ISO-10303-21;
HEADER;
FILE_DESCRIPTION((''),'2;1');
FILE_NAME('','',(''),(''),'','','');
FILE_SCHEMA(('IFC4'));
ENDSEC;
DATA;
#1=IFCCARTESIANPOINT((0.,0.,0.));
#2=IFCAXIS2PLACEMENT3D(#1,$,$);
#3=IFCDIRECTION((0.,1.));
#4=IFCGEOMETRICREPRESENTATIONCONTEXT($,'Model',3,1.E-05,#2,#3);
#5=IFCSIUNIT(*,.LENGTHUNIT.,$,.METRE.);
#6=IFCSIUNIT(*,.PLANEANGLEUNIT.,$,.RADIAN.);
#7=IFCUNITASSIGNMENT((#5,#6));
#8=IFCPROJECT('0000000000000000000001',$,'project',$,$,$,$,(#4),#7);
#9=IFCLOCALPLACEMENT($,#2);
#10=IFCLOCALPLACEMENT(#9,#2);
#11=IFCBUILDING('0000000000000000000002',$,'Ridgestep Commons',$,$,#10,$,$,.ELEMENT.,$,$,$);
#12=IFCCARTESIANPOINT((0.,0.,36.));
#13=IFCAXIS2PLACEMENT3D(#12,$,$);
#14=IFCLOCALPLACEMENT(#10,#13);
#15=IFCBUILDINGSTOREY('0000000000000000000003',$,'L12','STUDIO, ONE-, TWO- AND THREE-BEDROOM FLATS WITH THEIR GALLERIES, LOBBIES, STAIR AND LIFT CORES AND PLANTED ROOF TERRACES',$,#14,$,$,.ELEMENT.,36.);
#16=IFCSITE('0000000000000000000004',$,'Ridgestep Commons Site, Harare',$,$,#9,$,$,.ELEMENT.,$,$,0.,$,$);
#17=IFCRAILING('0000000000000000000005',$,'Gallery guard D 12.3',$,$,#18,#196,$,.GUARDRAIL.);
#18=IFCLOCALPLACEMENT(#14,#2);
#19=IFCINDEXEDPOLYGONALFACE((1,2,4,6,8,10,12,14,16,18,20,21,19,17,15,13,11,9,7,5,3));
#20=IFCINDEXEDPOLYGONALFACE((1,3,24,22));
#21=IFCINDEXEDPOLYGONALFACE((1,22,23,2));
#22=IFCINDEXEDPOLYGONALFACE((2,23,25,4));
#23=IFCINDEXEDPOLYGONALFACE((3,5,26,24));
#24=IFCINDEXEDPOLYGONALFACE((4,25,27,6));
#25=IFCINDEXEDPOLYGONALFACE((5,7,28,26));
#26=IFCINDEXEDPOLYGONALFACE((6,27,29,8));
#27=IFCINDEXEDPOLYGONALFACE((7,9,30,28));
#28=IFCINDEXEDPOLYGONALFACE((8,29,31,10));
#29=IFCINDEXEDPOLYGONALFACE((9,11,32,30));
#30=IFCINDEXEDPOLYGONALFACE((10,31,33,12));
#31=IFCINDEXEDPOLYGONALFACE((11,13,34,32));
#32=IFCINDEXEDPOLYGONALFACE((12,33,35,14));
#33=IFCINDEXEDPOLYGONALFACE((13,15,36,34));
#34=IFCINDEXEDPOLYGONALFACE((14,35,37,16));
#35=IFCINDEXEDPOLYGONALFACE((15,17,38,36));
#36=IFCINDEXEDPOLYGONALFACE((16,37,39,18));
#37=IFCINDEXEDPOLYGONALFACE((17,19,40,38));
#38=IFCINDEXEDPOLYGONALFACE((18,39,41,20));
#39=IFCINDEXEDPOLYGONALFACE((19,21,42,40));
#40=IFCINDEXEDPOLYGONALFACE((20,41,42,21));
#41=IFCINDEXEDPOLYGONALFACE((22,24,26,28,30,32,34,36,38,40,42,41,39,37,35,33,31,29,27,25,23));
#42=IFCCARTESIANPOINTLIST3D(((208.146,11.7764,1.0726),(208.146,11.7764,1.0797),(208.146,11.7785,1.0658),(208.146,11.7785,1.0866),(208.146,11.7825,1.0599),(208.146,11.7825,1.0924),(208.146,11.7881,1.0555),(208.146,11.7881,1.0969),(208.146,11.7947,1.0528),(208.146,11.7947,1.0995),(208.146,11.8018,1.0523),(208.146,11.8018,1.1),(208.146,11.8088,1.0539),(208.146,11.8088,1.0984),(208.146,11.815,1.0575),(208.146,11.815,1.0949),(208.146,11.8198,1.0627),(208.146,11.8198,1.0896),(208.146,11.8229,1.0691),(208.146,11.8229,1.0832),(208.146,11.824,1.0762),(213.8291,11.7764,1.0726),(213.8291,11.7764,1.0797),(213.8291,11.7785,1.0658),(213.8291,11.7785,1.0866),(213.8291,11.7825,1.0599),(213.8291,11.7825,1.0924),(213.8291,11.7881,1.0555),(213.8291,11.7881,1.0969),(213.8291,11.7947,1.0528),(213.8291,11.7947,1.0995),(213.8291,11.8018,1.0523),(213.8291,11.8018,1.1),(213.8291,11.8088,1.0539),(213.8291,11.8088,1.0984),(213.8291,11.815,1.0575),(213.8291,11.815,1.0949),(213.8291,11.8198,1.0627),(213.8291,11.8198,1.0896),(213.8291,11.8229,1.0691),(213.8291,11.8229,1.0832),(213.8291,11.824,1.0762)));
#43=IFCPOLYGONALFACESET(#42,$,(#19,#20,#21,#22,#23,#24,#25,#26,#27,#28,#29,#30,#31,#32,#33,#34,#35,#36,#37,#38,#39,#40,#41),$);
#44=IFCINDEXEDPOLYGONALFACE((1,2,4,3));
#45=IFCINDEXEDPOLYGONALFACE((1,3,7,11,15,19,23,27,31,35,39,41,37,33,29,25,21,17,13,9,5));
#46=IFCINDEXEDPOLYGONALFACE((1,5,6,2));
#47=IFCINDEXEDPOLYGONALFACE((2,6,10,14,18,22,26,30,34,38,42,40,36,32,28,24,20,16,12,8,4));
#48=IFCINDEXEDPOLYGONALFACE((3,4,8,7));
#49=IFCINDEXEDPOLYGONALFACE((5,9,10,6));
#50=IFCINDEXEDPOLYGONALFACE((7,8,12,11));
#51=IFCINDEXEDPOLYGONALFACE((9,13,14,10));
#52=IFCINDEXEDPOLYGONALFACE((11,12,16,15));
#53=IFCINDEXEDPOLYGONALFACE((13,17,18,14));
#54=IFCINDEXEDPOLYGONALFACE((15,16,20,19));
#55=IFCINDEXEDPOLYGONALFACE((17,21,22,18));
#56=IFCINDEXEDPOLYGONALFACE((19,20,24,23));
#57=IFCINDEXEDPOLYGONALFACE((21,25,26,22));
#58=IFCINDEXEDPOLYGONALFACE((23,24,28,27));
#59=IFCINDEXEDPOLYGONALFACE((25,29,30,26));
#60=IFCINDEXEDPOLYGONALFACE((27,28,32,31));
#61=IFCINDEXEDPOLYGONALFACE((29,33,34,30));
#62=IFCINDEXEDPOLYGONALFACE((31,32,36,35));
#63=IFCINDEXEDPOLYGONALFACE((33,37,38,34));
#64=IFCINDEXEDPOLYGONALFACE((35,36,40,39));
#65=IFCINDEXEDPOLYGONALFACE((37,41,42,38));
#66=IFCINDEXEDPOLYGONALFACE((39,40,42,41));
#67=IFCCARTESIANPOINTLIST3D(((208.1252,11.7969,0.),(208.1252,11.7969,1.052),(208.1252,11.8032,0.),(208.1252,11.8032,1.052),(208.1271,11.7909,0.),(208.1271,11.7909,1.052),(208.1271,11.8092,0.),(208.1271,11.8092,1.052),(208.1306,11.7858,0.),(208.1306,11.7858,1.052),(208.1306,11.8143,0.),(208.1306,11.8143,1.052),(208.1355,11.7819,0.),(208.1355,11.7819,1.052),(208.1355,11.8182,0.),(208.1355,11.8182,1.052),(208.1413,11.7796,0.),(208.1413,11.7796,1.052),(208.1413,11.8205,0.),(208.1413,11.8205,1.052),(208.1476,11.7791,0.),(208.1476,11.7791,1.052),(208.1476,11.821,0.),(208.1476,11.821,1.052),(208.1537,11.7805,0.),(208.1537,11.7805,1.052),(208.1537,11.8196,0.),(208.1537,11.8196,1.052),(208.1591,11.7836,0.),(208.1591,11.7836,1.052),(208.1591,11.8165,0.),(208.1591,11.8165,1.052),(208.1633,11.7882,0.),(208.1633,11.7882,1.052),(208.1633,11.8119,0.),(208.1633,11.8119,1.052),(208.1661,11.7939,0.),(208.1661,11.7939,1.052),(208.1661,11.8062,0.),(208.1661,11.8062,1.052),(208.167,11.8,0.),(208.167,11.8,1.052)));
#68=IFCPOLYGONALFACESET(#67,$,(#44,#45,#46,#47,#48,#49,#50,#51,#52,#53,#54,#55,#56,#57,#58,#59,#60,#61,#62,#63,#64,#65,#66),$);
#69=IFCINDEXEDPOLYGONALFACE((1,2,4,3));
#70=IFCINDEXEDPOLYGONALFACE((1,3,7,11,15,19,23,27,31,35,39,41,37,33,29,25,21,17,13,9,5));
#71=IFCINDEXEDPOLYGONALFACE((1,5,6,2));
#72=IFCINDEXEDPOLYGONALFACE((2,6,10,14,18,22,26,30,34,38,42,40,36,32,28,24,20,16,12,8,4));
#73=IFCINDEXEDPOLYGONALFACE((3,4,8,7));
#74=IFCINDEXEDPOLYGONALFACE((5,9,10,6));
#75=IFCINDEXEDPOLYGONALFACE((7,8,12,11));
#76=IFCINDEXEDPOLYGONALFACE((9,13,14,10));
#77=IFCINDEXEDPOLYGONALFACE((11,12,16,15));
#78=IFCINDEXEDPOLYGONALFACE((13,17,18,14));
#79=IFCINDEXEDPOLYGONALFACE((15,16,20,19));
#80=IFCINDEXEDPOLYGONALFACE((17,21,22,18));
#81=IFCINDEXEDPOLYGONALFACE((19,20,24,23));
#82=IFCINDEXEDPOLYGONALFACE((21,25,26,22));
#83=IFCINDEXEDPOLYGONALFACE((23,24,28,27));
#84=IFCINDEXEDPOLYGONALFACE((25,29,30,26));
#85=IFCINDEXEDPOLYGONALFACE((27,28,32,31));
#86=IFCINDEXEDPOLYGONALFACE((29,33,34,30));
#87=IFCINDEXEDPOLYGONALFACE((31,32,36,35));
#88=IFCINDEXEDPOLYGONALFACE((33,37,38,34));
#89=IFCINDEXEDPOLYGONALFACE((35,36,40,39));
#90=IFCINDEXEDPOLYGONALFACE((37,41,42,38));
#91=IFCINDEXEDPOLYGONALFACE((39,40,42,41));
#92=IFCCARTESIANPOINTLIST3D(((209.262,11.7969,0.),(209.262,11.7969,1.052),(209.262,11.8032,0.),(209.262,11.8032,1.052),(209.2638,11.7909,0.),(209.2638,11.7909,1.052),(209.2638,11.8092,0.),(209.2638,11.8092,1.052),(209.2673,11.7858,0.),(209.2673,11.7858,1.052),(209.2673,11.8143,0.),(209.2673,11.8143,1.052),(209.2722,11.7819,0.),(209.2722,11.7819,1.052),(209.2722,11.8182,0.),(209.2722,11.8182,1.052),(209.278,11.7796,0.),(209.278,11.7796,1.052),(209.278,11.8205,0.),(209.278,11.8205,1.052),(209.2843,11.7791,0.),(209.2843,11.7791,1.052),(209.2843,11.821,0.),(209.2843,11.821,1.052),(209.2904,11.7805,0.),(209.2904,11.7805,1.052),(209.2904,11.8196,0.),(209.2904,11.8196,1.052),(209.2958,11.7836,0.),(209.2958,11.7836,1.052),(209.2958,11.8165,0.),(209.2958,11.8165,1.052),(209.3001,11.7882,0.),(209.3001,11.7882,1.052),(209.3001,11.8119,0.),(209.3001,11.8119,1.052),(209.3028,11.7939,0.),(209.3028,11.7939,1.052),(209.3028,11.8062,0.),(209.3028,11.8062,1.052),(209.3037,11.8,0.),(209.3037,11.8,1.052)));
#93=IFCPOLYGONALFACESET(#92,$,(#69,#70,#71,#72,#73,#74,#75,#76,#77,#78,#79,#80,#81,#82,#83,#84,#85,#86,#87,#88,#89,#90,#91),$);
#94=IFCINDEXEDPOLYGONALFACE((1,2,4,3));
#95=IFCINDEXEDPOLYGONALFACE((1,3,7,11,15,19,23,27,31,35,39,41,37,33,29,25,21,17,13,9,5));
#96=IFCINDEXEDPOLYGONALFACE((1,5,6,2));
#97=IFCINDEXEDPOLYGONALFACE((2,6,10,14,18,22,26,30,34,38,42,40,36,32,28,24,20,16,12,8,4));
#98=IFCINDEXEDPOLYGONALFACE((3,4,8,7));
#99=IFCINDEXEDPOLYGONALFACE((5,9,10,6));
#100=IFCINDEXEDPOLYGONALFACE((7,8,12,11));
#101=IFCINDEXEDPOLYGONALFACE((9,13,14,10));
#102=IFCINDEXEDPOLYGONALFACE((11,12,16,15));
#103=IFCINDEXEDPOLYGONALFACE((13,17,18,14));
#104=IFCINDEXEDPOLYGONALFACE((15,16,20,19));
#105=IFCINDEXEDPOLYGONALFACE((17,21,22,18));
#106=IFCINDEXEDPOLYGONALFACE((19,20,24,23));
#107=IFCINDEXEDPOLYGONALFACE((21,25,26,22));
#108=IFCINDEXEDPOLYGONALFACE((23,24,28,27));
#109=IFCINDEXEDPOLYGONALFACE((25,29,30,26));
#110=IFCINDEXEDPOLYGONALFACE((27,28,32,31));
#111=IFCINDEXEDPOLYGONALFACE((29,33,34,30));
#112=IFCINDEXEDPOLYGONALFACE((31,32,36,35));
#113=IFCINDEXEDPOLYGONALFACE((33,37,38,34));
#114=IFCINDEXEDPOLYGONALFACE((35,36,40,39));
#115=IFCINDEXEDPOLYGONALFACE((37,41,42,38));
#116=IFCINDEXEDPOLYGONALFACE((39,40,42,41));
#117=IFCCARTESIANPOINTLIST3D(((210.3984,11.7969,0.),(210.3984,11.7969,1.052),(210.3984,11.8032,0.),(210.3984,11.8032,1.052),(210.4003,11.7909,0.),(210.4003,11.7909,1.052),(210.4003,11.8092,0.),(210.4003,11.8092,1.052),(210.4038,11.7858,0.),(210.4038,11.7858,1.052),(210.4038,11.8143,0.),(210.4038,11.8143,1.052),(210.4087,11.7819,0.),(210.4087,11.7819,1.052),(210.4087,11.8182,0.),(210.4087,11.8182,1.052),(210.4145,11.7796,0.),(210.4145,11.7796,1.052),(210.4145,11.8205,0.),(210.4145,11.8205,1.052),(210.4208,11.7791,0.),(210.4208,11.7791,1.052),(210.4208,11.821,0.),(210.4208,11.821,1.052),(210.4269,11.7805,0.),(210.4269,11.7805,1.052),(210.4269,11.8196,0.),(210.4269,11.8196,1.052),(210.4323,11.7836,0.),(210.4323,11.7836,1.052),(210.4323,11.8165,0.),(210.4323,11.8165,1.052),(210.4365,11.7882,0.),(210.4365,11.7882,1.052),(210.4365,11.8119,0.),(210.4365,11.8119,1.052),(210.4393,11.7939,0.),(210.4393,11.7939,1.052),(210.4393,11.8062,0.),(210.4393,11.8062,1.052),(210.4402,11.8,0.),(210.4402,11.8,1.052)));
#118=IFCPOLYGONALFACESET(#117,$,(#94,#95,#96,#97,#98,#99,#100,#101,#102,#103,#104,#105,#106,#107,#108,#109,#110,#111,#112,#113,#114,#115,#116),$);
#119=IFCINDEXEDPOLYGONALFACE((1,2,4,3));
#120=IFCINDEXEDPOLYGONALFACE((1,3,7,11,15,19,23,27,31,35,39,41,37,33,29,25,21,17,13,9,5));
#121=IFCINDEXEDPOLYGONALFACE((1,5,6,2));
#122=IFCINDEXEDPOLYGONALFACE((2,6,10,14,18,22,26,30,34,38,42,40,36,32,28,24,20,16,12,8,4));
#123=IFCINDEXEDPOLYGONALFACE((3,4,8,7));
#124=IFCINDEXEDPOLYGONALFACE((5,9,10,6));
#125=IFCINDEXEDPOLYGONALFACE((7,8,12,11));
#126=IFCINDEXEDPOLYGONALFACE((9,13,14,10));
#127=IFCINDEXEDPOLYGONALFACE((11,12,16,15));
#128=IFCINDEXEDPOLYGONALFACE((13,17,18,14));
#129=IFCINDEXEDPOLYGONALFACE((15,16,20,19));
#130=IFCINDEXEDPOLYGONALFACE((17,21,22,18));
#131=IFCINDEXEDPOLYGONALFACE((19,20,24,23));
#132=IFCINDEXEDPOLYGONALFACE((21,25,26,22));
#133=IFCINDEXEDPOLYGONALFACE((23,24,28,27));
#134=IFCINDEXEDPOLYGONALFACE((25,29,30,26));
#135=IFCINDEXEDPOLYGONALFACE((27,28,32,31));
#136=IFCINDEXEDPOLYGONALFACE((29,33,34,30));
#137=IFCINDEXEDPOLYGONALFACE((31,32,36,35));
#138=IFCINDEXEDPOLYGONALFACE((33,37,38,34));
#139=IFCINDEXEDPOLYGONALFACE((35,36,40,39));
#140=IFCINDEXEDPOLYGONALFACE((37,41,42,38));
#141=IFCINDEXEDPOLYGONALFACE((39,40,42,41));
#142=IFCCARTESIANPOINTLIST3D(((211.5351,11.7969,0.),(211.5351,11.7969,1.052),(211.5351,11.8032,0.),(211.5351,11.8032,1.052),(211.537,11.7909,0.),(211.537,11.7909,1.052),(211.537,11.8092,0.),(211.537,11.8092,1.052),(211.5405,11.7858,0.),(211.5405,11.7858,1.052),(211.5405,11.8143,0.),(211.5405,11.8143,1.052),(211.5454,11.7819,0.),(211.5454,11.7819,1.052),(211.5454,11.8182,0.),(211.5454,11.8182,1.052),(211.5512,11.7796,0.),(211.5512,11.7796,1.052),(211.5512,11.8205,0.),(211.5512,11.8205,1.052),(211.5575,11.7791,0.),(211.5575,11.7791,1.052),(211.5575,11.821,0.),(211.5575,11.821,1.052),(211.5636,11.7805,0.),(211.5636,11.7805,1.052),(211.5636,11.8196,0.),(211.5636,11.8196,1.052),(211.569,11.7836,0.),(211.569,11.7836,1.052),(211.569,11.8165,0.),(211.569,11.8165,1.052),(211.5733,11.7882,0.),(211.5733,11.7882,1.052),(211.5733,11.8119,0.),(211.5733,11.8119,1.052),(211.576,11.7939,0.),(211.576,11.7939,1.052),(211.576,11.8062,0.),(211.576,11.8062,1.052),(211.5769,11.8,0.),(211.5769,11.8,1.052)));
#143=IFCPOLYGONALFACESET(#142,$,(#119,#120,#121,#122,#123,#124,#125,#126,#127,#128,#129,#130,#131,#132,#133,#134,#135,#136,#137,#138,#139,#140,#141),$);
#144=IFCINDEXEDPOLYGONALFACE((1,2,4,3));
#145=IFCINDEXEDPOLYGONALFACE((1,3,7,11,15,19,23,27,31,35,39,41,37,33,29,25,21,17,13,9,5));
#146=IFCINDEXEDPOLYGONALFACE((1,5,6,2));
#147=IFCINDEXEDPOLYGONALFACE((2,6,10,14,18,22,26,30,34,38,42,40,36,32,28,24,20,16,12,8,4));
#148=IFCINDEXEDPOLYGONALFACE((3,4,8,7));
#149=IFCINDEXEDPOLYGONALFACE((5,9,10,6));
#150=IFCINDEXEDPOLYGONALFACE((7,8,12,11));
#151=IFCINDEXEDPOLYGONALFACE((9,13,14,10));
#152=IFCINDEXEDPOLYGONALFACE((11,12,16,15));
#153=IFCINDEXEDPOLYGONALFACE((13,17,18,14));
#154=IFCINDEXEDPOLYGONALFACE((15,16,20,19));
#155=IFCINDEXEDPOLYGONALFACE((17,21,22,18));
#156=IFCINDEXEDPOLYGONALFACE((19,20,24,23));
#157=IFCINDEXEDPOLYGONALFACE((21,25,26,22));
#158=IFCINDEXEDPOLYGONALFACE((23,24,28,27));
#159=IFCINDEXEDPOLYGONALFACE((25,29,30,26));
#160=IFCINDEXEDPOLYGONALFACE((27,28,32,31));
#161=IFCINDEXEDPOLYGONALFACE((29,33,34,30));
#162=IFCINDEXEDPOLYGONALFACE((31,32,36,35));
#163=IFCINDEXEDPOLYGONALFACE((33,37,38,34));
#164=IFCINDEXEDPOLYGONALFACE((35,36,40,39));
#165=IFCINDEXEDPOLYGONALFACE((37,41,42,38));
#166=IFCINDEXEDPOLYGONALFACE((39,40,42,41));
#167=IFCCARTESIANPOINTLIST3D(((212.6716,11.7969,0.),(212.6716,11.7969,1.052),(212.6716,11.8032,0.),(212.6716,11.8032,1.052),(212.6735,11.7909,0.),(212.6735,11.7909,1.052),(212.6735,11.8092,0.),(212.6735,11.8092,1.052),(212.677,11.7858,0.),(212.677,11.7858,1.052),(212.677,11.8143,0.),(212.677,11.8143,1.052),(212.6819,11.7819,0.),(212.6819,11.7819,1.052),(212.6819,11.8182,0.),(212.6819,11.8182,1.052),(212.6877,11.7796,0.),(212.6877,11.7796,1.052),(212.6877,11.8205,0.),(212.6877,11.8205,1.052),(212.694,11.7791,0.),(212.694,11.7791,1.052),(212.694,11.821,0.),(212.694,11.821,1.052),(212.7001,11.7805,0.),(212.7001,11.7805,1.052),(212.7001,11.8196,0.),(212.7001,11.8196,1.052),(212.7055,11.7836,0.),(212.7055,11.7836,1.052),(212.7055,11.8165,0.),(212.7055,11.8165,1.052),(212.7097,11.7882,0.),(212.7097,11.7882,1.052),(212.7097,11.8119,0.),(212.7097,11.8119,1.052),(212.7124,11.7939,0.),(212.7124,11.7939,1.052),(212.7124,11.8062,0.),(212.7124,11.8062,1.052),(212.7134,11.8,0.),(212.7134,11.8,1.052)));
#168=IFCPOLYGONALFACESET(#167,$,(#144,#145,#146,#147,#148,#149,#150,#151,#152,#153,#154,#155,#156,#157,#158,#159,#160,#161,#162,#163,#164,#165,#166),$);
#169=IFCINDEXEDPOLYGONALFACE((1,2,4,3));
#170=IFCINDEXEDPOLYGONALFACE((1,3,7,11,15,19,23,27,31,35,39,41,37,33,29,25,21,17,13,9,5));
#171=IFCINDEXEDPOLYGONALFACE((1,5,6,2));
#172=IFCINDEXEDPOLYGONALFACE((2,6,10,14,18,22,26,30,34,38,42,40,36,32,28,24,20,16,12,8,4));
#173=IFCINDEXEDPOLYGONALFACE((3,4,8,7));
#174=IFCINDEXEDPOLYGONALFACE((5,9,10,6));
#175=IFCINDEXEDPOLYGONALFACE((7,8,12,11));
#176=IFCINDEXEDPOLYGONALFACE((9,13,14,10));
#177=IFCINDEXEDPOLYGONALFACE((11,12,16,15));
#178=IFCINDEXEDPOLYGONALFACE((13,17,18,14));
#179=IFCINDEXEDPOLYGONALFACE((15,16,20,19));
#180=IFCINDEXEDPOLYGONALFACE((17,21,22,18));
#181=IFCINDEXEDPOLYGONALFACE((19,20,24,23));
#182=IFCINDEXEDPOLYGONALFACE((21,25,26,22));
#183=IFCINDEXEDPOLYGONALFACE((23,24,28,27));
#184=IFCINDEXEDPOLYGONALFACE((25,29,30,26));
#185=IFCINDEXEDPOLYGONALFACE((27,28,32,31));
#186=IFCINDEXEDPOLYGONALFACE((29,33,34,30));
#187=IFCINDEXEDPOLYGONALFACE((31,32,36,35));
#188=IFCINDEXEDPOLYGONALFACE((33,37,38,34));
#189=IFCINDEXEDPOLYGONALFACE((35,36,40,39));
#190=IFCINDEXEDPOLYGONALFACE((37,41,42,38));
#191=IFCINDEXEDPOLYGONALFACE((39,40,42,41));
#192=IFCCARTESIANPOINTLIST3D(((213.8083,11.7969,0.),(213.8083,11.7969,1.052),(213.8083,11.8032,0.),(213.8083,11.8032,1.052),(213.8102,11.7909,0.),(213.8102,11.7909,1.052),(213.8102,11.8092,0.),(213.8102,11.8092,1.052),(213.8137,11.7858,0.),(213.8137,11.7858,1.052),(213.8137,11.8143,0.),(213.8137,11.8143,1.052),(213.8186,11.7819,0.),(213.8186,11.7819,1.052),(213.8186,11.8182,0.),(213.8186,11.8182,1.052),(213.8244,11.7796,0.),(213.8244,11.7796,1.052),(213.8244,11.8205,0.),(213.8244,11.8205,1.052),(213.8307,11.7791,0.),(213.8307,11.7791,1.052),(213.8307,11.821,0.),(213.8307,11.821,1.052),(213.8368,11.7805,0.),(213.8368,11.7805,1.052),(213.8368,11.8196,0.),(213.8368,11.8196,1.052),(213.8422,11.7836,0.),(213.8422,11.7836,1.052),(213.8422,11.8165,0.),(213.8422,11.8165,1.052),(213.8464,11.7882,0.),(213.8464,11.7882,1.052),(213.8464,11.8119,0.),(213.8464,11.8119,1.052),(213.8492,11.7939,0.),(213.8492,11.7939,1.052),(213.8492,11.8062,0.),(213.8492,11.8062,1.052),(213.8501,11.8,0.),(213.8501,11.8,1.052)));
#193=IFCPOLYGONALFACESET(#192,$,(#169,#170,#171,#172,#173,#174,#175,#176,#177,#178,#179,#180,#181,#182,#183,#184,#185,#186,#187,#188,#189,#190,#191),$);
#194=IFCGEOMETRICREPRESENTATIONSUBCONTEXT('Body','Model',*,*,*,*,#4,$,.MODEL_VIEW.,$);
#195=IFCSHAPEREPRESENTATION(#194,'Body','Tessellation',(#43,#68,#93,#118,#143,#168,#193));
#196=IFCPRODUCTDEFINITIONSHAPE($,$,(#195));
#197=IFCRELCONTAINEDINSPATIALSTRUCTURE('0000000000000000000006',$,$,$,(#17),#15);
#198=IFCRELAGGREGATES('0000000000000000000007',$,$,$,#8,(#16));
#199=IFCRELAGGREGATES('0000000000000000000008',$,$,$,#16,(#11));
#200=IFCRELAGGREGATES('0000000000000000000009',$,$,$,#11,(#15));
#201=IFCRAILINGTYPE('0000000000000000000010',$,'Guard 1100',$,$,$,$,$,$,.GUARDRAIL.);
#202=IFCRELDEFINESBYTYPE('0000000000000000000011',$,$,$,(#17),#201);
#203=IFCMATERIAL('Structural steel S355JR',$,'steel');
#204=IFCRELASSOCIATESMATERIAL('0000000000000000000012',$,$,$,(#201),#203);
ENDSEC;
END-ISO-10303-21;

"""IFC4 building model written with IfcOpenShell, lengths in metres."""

from ifc_helpers import new_model, si_unit, direction, frame, origin, origin_2d, place, context, subcontext, project, spatial, circle, extrude, material, type_object, element, save


model = new_model("IFC4")

# Units and contexts
model_context = context("Model", 3, precision=1e-05, world=origin(), true_north=direction((0.0, 1.0)))
body_context = subcontext(model_context, "Body", "Model", "MODEL_VIEW")
ifc_project = project(units=[si_unit("LENGTHUNIT", "METRE"), si_unit("PLANEANGLEUNIT", "RADIAN")], contexts=[model_context])

# Site, building, storey
site_placement = place(None, origin())
site = spatial("IfcSite", under=ifc_project, at=site_placement, Name="Ridgestep Commons Site, Harare", CompositionType="ELEMENT", RefElevation=0.0)
building_placement = place(site_placement, origin())
building = spatial("IfcBuilding", under=site, at=building_placement, Name="Ridgestep Commons", CompositionType="ELEMENT")
storey_placement = place(building_placement, frame((0.0, 0.0, 36.0)))
storey = spatial("IfcBuildingStorey", under=building, at=storey_placement, Name="L12", Description="STUDIO, ONE-, TWO- AND THREE-BEDROOM FLATS WITH THEIR GALLERIES, LOBBIES, STAIR AND LIFT CORES AND PLANTED ROOF TERRACES", CompositionType="ELEMENT", Elevation=36.0)

# Railing
ifc_material_1 = material(Name="Structural steel S355JR", Category="steel")
railing_type_1 = type_object("IfcRailingType", Name="Guard 1100", PredefinedType="GUARDRAIL", material=ifc_material_1)
railing_1_placement = place(storey_placement, frame((208.146, 11.8, 0.0)))
element("IfcRailing", 1, at=railing_1_placement, inside=storey, type_object=railing_type_1, Name="Gallery guard D 12.3", PredefinedType="GUARDRAIL", context=body_context, shape_type="SweptSolid", body=[
    extrude(circle(Radius=0.0239, at=origin_2d()), frame((0.0, 0.0, 1.0762), z_axis=(1.0, 0.0, 0.0), x_axis=(0.0, 1.0, 0.0)), (0.0, 0.0, 1.0), 5.6831),
    extrude(circle(Radius=0.021, at=origin_2d()), origin(), (0.0, 0.0, 1.0), 1.052),
    extrude(circle(Radius=0.021, at=origin_2d()), frame((1.1367, 0.0, 0.0)), (0.0, 0.0, 1.0), 1.052),
    extrude(circle(Radius=0.021, at=origin_2d()), frame((2.2732, 0.0, 0.0)), (0.0, 0.0, 1.0), 1.052),
    extrude(circle(Radius=0.021, at=origin_2d()), frame((3.4099, 0.0, 0.0)), (0.0, 0.0, 1.0), 1.052),
    extrude(circle(Radius=0.021, at=origin_2d()), frame((4.5464, 0.0, 0.0)), (0.0, 0.0, 1.0), 1.052),
    extrude(circle(Radius=0.021, at=origin_2d()), frame((5.6831, 0.0, 0.0)), (0.0, 0.0, 1.0), 1.052),
])

save(model, "model.ifc")
